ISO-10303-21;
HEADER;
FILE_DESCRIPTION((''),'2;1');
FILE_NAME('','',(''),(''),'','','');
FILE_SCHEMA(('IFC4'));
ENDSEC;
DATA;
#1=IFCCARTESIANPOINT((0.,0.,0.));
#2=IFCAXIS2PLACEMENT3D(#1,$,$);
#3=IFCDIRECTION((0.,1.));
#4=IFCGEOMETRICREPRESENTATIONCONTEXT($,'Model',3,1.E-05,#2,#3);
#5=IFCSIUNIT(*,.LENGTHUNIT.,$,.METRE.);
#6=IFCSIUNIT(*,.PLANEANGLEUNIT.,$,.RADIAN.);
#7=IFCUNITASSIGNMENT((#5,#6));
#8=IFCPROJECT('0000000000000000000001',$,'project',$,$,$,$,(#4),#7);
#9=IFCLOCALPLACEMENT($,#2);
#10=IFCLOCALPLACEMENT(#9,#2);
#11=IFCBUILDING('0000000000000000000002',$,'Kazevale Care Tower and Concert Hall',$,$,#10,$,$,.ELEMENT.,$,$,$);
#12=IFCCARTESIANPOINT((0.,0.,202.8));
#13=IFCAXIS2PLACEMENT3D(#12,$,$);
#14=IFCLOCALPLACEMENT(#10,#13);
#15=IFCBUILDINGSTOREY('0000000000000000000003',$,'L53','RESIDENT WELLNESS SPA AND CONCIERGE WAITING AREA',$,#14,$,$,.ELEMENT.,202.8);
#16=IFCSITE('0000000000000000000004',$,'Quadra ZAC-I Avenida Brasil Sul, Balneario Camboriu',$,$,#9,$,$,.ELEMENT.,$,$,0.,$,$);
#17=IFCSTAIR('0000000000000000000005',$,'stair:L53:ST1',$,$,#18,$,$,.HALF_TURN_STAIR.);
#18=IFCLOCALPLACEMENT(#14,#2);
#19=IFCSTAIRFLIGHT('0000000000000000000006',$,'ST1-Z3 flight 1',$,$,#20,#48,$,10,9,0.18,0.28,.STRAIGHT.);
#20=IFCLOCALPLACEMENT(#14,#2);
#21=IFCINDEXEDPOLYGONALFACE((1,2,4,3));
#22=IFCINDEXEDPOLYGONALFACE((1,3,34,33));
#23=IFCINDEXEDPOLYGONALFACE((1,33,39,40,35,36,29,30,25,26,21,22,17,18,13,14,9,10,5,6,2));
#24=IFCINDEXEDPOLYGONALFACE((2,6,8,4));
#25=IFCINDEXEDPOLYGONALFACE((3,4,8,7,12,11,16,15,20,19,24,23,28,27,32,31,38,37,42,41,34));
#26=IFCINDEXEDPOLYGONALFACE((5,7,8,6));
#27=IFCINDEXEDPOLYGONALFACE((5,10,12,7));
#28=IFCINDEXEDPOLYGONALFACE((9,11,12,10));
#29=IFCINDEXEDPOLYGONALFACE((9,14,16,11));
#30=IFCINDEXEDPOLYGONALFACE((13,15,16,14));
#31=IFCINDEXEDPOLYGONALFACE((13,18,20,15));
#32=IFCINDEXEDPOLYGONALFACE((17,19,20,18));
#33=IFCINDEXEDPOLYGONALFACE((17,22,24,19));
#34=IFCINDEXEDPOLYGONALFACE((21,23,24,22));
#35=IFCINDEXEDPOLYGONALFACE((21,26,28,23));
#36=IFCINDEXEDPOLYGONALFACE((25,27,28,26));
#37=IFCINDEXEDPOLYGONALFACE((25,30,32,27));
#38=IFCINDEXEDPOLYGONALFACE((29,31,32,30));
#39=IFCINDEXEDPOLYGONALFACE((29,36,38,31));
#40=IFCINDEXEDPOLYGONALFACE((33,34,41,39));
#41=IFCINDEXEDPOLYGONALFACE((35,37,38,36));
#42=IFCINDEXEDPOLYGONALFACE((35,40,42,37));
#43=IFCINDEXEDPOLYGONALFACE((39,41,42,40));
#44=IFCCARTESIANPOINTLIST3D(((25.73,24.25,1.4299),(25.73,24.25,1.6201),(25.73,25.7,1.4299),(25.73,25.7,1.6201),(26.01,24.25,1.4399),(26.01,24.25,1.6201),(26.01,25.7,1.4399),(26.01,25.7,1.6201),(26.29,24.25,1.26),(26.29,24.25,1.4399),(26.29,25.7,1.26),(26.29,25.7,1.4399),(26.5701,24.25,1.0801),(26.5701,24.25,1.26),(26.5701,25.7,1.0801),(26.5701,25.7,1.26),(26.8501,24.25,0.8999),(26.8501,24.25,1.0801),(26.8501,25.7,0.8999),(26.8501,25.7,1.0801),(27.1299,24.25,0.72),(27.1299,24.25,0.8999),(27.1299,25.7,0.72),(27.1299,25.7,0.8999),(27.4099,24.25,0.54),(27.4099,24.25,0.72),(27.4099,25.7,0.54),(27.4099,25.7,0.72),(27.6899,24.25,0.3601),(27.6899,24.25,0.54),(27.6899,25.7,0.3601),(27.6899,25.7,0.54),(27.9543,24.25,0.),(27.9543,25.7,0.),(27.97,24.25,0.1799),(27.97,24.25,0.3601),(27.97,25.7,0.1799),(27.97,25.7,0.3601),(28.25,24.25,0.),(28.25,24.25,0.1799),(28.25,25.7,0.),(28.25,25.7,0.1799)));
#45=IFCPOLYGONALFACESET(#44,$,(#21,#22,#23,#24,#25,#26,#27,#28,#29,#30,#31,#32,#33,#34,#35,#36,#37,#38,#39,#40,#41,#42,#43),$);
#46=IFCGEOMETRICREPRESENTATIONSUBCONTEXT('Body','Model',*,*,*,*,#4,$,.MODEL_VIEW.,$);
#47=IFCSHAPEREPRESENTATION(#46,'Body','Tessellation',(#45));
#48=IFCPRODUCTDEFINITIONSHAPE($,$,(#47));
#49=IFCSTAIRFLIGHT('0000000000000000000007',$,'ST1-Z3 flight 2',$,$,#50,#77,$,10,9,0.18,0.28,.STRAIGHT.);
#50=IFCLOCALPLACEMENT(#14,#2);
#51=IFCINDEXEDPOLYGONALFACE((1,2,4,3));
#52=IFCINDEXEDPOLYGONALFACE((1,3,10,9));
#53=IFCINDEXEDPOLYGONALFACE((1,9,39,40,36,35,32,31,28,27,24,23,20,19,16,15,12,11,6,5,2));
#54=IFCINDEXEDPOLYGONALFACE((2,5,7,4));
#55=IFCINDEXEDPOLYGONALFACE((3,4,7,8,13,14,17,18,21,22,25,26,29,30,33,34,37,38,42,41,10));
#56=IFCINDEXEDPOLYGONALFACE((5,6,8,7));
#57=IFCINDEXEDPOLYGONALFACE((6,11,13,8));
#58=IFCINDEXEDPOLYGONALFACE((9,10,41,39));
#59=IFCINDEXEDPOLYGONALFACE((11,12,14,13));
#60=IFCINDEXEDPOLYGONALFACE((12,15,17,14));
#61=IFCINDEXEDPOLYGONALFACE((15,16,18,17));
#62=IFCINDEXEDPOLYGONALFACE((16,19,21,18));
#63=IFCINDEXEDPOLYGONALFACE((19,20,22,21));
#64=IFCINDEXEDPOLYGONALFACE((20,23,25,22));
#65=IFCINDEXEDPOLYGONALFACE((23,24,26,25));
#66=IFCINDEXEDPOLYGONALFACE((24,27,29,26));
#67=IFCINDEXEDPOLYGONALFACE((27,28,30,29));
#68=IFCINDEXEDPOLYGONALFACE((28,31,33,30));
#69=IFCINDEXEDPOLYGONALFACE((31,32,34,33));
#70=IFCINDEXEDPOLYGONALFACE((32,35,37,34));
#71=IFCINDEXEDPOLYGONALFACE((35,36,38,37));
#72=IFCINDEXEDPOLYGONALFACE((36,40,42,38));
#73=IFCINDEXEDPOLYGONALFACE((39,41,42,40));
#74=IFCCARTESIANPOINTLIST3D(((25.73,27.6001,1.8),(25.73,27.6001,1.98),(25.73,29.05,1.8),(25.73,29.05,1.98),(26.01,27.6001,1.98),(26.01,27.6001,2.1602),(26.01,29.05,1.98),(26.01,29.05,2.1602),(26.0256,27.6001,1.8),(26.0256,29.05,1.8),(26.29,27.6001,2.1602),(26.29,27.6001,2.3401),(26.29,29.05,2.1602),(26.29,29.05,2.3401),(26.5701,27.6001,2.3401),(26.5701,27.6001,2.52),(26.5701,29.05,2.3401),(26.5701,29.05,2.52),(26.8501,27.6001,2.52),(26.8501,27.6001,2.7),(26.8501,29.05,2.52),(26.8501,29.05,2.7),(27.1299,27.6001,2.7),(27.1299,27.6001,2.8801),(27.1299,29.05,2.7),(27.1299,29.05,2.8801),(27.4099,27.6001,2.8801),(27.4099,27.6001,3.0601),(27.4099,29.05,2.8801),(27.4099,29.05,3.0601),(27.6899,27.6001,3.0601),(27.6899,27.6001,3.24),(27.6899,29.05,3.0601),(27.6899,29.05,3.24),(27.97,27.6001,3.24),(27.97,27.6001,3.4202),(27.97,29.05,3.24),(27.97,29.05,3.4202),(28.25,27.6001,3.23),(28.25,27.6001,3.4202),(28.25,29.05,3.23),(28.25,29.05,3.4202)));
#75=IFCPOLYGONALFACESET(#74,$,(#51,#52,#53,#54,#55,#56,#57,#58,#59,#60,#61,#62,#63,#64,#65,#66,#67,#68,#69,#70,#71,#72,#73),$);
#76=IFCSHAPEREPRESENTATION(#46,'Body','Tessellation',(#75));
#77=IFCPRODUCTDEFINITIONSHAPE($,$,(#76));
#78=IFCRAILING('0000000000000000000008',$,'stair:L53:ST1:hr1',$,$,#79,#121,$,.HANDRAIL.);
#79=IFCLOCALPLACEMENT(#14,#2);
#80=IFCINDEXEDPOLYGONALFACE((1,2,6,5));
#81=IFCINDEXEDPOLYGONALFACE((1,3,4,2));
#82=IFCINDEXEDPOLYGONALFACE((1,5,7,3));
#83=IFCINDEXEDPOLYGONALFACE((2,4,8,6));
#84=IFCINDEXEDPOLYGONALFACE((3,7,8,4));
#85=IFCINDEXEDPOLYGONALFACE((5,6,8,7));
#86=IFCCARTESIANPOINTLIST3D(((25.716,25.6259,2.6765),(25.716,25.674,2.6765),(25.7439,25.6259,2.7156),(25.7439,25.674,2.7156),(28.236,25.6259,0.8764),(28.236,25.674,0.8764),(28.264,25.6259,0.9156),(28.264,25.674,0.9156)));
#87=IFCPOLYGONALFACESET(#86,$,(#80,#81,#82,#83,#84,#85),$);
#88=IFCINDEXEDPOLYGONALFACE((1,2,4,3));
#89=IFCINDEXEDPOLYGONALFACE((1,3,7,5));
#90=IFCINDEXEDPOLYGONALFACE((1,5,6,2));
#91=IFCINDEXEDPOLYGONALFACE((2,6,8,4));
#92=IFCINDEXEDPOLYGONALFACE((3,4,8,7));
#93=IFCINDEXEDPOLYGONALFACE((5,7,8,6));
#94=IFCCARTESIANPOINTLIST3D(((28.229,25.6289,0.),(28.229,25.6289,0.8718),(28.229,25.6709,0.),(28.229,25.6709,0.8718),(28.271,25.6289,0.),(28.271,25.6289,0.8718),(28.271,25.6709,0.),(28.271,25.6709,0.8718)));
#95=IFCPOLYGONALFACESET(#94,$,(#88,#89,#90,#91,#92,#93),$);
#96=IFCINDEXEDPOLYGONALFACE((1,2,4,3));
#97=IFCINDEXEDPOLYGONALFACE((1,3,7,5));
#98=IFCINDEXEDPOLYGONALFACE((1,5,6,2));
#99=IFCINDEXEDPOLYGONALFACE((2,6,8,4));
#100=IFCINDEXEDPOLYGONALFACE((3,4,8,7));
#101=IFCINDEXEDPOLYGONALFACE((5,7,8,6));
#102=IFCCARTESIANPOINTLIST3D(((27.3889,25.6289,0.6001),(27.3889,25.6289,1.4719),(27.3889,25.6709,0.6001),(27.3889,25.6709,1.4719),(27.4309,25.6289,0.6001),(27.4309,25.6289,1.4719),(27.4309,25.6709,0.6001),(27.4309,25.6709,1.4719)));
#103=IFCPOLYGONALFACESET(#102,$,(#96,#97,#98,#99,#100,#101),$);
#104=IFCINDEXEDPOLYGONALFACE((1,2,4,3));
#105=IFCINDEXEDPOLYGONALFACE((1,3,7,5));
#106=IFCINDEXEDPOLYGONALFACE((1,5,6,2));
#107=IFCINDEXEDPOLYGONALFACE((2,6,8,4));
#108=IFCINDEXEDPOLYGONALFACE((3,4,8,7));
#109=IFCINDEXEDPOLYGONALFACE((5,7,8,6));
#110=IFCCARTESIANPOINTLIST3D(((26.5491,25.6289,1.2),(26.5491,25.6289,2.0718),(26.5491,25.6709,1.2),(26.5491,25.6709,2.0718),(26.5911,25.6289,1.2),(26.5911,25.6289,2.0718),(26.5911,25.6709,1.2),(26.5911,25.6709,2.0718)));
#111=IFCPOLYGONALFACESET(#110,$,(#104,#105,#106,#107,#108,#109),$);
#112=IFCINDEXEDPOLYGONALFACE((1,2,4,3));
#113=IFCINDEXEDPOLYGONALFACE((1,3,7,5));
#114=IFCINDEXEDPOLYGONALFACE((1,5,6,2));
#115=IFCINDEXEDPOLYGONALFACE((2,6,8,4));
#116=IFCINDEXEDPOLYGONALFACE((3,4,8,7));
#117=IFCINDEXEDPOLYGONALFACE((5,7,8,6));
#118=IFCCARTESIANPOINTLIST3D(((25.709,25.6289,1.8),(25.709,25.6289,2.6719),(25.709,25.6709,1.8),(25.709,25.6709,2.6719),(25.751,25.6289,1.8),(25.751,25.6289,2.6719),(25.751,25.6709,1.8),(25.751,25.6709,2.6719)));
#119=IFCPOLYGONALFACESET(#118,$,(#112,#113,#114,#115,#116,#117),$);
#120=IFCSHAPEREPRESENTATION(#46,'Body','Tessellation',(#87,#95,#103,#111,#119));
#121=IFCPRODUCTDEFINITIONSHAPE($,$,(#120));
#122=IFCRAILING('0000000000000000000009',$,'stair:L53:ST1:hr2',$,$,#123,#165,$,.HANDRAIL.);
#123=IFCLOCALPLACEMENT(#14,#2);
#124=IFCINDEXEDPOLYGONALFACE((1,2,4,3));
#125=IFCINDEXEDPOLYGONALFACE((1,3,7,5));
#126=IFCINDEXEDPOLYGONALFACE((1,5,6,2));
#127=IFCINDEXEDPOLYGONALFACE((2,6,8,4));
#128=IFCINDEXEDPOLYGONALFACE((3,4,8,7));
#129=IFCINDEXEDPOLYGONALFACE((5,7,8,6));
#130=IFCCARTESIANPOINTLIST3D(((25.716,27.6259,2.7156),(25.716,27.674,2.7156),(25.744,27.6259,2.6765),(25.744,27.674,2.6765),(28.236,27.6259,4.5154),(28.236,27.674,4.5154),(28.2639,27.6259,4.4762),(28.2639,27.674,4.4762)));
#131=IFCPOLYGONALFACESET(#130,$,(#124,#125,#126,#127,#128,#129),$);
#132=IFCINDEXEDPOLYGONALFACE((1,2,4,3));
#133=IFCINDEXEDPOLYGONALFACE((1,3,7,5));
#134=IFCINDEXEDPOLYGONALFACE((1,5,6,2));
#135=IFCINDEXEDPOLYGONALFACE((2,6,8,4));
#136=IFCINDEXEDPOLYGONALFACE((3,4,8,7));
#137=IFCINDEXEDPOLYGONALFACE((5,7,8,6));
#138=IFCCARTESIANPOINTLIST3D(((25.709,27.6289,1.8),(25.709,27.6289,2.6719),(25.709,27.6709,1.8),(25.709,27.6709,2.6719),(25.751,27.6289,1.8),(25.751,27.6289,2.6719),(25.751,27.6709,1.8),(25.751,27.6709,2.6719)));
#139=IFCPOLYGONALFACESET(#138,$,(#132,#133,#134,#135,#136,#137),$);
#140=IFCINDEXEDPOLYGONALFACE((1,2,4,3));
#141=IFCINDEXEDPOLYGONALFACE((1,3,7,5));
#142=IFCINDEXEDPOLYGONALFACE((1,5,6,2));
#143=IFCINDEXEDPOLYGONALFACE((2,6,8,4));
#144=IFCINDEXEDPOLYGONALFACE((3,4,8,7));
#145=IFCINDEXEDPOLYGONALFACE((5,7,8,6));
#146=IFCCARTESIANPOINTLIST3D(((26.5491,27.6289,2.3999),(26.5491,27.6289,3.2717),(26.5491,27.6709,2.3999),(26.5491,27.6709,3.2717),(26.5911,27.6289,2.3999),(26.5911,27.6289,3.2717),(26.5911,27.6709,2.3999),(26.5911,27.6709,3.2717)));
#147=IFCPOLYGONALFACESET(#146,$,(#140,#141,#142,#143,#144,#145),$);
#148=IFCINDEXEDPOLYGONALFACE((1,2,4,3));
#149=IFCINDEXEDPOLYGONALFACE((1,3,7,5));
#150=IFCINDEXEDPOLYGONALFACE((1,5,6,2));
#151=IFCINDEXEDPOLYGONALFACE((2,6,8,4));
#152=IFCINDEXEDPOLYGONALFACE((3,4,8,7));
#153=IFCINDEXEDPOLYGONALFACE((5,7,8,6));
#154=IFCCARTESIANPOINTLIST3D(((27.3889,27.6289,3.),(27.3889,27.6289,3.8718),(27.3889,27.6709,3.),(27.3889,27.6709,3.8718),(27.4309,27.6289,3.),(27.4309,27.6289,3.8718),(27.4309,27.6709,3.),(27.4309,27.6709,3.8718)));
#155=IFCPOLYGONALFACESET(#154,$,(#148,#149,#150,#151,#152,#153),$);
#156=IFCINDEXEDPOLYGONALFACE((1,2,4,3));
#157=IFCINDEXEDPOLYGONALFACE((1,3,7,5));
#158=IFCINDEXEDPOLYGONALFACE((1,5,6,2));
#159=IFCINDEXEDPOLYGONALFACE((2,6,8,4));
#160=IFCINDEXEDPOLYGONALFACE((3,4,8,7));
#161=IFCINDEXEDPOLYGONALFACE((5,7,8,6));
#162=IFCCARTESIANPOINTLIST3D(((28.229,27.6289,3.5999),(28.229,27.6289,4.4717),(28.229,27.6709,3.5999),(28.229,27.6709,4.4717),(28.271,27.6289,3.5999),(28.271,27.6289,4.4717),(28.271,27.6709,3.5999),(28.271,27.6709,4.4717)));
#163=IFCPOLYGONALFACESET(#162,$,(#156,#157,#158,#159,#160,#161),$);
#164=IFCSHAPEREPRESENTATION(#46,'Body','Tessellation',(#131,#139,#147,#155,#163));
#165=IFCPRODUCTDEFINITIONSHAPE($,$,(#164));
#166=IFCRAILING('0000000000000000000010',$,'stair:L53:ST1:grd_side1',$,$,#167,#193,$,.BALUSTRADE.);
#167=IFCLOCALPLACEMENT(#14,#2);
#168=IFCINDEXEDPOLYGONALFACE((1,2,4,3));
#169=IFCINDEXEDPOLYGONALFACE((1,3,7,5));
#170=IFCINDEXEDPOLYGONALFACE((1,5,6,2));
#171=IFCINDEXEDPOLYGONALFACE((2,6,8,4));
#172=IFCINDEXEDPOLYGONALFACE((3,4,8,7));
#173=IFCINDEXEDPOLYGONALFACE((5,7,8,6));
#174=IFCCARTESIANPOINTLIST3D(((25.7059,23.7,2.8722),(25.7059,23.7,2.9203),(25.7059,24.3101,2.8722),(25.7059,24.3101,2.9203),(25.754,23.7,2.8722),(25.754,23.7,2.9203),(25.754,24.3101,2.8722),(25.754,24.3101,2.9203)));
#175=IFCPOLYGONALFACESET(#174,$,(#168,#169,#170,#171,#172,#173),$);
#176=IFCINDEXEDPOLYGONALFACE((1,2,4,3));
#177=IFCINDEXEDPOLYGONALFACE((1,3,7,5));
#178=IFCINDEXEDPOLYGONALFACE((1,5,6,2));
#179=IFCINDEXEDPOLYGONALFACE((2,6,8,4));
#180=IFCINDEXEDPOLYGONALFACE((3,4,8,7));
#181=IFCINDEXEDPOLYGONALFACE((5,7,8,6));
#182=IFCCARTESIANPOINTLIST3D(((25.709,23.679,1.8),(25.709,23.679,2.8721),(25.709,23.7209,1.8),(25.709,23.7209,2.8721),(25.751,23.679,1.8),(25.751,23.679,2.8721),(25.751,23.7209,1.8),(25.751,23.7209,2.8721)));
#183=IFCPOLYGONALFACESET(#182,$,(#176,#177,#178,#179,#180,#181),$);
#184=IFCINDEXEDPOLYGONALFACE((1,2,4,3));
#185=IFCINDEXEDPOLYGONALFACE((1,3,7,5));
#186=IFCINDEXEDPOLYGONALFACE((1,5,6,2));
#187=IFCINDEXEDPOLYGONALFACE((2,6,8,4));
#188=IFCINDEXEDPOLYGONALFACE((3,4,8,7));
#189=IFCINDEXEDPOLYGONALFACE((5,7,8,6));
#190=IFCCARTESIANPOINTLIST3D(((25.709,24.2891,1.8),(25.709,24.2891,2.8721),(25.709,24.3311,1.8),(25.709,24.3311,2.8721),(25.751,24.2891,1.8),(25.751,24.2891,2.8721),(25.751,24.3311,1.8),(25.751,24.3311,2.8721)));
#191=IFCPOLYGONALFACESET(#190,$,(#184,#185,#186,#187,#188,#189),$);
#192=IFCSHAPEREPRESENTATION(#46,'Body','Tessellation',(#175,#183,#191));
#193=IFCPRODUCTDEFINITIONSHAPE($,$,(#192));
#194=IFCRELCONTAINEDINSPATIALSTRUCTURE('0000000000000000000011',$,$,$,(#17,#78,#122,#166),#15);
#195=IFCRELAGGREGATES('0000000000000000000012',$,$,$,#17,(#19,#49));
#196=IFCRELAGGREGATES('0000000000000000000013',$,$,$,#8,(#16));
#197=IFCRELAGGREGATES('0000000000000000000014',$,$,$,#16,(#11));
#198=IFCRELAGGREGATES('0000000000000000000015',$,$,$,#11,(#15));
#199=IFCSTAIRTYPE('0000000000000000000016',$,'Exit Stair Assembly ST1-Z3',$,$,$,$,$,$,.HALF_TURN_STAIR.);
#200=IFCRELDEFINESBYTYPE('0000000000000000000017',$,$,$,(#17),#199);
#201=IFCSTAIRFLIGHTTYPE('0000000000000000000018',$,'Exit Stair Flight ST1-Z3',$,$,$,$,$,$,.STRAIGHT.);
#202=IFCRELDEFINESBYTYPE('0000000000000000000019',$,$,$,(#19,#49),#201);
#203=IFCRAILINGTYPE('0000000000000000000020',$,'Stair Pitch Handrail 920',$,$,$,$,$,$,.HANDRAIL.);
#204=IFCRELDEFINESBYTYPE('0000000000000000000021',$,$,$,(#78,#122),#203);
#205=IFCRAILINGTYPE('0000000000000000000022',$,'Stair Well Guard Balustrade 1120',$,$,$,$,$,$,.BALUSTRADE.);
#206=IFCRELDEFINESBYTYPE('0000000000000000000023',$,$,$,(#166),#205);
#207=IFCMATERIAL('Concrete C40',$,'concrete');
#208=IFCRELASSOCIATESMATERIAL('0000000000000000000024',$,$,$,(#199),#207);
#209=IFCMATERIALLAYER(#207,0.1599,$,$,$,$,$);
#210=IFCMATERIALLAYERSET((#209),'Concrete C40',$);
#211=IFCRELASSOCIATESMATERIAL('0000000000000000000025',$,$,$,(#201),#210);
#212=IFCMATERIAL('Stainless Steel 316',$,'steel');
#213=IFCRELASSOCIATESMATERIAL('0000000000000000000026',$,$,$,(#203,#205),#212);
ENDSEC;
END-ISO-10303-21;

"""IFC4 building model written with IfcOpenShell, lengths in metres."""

from ifc_helpers import new_model, si_unit, direction, frame, origin, origin_2d, place, context, subcontext, project, spatial, polyline, rectangle, outline, extrude, material, layer, layer_set, type_object, element, aggregate, save


model = new_model("IFC4")

# Units and contexts
model_context = context("Model", 3, precision=1e-05, world=origin(), true_north=direction((0.0, 1.0)))
body_context = subcontext(model_context, "Body", "Model", "MODEL_VIEW")
ifc_project = project(units=[si_unit("LENGTHUNIT", "METRE"), si_unit("PLANEANGLEUNIT", "RADIAN")], contexts=[model_context])

# Site, building, storey
site_placement = place(None, origin())
site = spatial("IfcSite", under=ifc_project, at=site_placement, Name="Quadra ZAC-I Avenida Brasil Sul, Balneario Camboriu", CompositionType="ELEMENT", RefElevation=0.0)
building_placement = place(site_placement, origin())
building = spatial("IfcBuilding", under=site, at=building_placement, Name="Kazevale Care Tower and Concert Hall", CompositionType="ELEMENT")
storey_placement = place(building_placement, frame((0.0, 0.0, 202.8)))
storey = spatial("IfcBuildingStorey", under=building, at=storey_placement, Name="L53", Description="RESIDENT WELLNESS SPA AND CONCIERGE WAITING AREA", CompositionType="ELEMENT", Elevation=202.8)

# Shared definitions
ifc_material_1 = material(Name="Concrete C40", Category="concrete")
ifc_material_2 = material(Name="Stainless Steel 316", Category="steel")

# Stair, stair flights
stair_type = type_object("IfcStairType", Name="Exit Stair Assembly ST1-Z3", PredefinedType="HALF_TURN_STAIR", material=ifc_material_1)
stair_placement = place(storey_placement, origin())
stair = element("IfcStair", 1, at=stair_placement, inside=storey, type_object=stair_type, Name="stair:L53:ST1", PredefinedType="HALF_TURN_STAIR")
ifc_layer_1 = layer(ifc_material_1, 0.1599)
ifc_layer_set_1 = layer_set([ifc_layer_1], Name="Concrete C40")
stair_flight_type = type_object("IfcStairFlightType", Name="Exit Stair Flight ST1-Z3", PredefinedType="STRAIGHT", material=ifc_layer_set_1)
stair_flight_1_placement = place(storey_placement, frame((28.25, 24.9751, 0.0), z_axis=(0.0, 0.0, 1.0), x_axis=(-1.0, 0.0, 0.0)))
stair_flight_1 = element("IfcStairFlight", 2, at=stair_flight_1_placement, type_object=stair_flight_type, Name="ST1-Z3 flight 1", NumberOfRisers=10, NumberOfTreads=9, PredefinedType="STRAIGHT", RiserHeight=0.18, TreadLength=0.28, context=body_context, shape_type="SweptSolid", body=[
    extrude(outline(polyline([(0.0, 0.0), (0.0, 0.1799), (0.28, 0.1799), (0.28, 0.3601), (0.5601, 0.3601), (0.5601, 0.54), (0.8401, 0.54), (0.8401, 0.72), (1.1201, 0.72), (1.1201, 0.8999), (1.3999, 0.8999), (1.3999, 1.0801), (1.6799, 1.0801), (1.6799, 1.26), (1.96, 1.26), (1.96, 1.4399), (2.24, 1.4399), (2.24, 1.6201), (2.52, 1.6201), (2.52, 1.8), (2.52, 1.4299), (0.2957, 0.0), (0.0, 0.0)])), frame((0.0, 0.7251, 0.0), z_axis=(0.0, -1.0, 0.0), x_axis=(1.0, 0.0, 0.0)), (0.0, 0.0, 1.0), 1.45),
])
stair_flight_2_placement = place(storey_placement, frame((25.73, 28.325, 1.8), z_axis=(0.0, 0.0, 1.0), x_axis=(1.0, 0.0, 0.0)))
stair_flight_2 = element("IfcStairFlight", 3, at=stair_flight_2_placement, type_object=stair_flight_type, Name="ST1-Z3 flight 2", NumberOfRisers=10, NumberOfTreads=9, PredefinedType="STRAIGHT", RiserHeight=0.18, TreadLength=0.28, context=body_context, shape_type="SweptSolid", body=[
    extrude(outline(polyline([(0.0, 0.0), (0.0, 0.1799), (0.28, 0.1799), (0.28, 0.3601), (0.5601, 0.3601), (0.5601, 0.54), (0.8401, 0.54), (0.8401, 0.72), (1.1201, 0.72), (1.1201, 0.8999), (1.3999, 0.8999), (1.3999, 1.0801), (1.6799, 1.0801), (1.6799, 1.26), (1.96, 1.26), (1.96, 1.4399), (2.24, 1.4399), (2.24, 1.6201), (2.52, 1.6201), (2.52, 1.8), (2.52, 1.4299), (0.2957, 0.0), (0.0, 0.0)])), frame((0.0, 0.7251, 0.0), z_axis=(0.0, -1.0, 0.0), x_axis=(1.0, 0.0, 0.0)), (0.0, 0.0, 1.0), 1.45),
])
aggregate(stair, [stair_flight_1, stair_flight_2])

# Railings
railing_type_1 = type_object("IfcRailingType", Name="Stair Pitch Handrail 920", PredefinedType="HANDRAIL", material=ifc_material_2)
railing_1_placement = place(storey_placement, frame((28.25, 25.6499, 0.0)))
element("IfcRailing", 4, at=railing_1_placement, inside=storey, type_object=railing_type_1, Name="stair:L53:ST1:hr1", PredefinedType="HANDRAIL", context=body_context, shape_type="SweptSolid", body=[
    extrude(rectangle(XDim=0.0481, YDim=0.0481, at=origin_2d()), frame((0.0, 0.0, 0.896), z_axis=(-0.813728, 0.0, 0.581246), x_axis=(0.0, -1.0, 0.0)), (0.0, 0.0, 1.0), 3.0969),
    extrude(rectangle(XDim=0.042, YDim=0.042, at=origin_2d()), origin(), (0.0, 0.0, 1.0), 0.8718),
    extrude(rectangle(XDim=0.042, YDim=0.042, at=origin_2d()), frame((-0.8401, 0.0, 0.6001)), (0.0, 0.0, 1.0), 0.8718),
    extrude(rectangle(XDim=0.042, YDim=0.042, at=origin_2d()), frame((-1.6799, 0.0, 1.2)), (0.0, 0.0, 1.0), 0.8718),
    extrude(rectangle(XDim=0.042, YDim=0.042, at=origin_2d()), frame((-2.52, 0.0, 1.8)), (0.0, 0.0, 1.0), 0.8718),
])
railing_2_placement = place(storey_placement, frame((25.73, 27.6499, 1.8)))
element("IfcRailing", 5, at=railing_2_placement, inside=storey, type_object=railing_type_1, Name="stair:L53:ST1:hr2", PredefinedType="HANDRAIL", context=body_context, shape_type="SweptSolid", body=[
    extrude(rectangle(XDim=0.0481, YDim=0.0481, at=origin_2d()), frame((0.0, 0.0, 0.896), z_axis=(0.813765, 0.0, 0.581193), x_axis=(0.0, 1.0, 0.0)), (0.0, 0.0, 1.0), 3.0967),
    extrude(rectangle(XDim=0.042, YDim=0.042, at=origin_2d()), origin(), (0.0, 0.0, 1.0), 0.8718),
    extrude(rectangle(XDim=0.042, YDim=0.042, at=origin_2d()), frame((0.8401, 0.0, 0.5999)), (0.0, 0.0, 1.0), 0.8718),
    extrude(rectangle(XDim=0.042, YDim=0.042, at=origin_2d()), frame((1.6799, 0.0, 1.2)), (0.0, 0.0, 1.0), 0.8718),
    extrude(rectangle(XDim=0.042, YDim=0.042, at=origin_2d()), frame((2.52, 0.0, 1.7998)), (0.0, 0.0, 1.0), 0.8718),
])
railing_type_2 = type_object("IfcRailingType", Name="Stair Well Guard Balustrade 1120", PredefinedType="BALUSTRADE", material=ifc_material_2)
railing_3_placement = place(storey_placement, frame((25.73, 23.7, 1.8)))
element("IfcRailing", 6, at=railing_3_placement, inside=storey, type_object=railing_type_2, Name="stair:L53:ST1:grd_side1", PredefinedType="BALUSTRADE", context=body_context, shape_type="SweptSolid", body=[
    extrude(rectangle(XDim=0.0481, YDim=0.0481, at=origin_2d()), frame((0.0, 0.0, 1.0962), z_axis=(0.0, 1.0, 0.0), x_axis=(-1.0, 0.0, 0.0)), (0.0, 0.0, 1.0), 0.6101),
    extrude(rectangle(XDim=0.042, YDim=0.042, at=origin_2d()), origin(), (0.0, 0.0, 1.0), 1.072),
    extrude(rectangle(XDim=0.042, YDim=0.042, at=origin_2d()), frame((0.0, 0.6101, 0.0)), (0.0, 0.0, 1.0), 1.072),
])

save(model, "model.ifc")
